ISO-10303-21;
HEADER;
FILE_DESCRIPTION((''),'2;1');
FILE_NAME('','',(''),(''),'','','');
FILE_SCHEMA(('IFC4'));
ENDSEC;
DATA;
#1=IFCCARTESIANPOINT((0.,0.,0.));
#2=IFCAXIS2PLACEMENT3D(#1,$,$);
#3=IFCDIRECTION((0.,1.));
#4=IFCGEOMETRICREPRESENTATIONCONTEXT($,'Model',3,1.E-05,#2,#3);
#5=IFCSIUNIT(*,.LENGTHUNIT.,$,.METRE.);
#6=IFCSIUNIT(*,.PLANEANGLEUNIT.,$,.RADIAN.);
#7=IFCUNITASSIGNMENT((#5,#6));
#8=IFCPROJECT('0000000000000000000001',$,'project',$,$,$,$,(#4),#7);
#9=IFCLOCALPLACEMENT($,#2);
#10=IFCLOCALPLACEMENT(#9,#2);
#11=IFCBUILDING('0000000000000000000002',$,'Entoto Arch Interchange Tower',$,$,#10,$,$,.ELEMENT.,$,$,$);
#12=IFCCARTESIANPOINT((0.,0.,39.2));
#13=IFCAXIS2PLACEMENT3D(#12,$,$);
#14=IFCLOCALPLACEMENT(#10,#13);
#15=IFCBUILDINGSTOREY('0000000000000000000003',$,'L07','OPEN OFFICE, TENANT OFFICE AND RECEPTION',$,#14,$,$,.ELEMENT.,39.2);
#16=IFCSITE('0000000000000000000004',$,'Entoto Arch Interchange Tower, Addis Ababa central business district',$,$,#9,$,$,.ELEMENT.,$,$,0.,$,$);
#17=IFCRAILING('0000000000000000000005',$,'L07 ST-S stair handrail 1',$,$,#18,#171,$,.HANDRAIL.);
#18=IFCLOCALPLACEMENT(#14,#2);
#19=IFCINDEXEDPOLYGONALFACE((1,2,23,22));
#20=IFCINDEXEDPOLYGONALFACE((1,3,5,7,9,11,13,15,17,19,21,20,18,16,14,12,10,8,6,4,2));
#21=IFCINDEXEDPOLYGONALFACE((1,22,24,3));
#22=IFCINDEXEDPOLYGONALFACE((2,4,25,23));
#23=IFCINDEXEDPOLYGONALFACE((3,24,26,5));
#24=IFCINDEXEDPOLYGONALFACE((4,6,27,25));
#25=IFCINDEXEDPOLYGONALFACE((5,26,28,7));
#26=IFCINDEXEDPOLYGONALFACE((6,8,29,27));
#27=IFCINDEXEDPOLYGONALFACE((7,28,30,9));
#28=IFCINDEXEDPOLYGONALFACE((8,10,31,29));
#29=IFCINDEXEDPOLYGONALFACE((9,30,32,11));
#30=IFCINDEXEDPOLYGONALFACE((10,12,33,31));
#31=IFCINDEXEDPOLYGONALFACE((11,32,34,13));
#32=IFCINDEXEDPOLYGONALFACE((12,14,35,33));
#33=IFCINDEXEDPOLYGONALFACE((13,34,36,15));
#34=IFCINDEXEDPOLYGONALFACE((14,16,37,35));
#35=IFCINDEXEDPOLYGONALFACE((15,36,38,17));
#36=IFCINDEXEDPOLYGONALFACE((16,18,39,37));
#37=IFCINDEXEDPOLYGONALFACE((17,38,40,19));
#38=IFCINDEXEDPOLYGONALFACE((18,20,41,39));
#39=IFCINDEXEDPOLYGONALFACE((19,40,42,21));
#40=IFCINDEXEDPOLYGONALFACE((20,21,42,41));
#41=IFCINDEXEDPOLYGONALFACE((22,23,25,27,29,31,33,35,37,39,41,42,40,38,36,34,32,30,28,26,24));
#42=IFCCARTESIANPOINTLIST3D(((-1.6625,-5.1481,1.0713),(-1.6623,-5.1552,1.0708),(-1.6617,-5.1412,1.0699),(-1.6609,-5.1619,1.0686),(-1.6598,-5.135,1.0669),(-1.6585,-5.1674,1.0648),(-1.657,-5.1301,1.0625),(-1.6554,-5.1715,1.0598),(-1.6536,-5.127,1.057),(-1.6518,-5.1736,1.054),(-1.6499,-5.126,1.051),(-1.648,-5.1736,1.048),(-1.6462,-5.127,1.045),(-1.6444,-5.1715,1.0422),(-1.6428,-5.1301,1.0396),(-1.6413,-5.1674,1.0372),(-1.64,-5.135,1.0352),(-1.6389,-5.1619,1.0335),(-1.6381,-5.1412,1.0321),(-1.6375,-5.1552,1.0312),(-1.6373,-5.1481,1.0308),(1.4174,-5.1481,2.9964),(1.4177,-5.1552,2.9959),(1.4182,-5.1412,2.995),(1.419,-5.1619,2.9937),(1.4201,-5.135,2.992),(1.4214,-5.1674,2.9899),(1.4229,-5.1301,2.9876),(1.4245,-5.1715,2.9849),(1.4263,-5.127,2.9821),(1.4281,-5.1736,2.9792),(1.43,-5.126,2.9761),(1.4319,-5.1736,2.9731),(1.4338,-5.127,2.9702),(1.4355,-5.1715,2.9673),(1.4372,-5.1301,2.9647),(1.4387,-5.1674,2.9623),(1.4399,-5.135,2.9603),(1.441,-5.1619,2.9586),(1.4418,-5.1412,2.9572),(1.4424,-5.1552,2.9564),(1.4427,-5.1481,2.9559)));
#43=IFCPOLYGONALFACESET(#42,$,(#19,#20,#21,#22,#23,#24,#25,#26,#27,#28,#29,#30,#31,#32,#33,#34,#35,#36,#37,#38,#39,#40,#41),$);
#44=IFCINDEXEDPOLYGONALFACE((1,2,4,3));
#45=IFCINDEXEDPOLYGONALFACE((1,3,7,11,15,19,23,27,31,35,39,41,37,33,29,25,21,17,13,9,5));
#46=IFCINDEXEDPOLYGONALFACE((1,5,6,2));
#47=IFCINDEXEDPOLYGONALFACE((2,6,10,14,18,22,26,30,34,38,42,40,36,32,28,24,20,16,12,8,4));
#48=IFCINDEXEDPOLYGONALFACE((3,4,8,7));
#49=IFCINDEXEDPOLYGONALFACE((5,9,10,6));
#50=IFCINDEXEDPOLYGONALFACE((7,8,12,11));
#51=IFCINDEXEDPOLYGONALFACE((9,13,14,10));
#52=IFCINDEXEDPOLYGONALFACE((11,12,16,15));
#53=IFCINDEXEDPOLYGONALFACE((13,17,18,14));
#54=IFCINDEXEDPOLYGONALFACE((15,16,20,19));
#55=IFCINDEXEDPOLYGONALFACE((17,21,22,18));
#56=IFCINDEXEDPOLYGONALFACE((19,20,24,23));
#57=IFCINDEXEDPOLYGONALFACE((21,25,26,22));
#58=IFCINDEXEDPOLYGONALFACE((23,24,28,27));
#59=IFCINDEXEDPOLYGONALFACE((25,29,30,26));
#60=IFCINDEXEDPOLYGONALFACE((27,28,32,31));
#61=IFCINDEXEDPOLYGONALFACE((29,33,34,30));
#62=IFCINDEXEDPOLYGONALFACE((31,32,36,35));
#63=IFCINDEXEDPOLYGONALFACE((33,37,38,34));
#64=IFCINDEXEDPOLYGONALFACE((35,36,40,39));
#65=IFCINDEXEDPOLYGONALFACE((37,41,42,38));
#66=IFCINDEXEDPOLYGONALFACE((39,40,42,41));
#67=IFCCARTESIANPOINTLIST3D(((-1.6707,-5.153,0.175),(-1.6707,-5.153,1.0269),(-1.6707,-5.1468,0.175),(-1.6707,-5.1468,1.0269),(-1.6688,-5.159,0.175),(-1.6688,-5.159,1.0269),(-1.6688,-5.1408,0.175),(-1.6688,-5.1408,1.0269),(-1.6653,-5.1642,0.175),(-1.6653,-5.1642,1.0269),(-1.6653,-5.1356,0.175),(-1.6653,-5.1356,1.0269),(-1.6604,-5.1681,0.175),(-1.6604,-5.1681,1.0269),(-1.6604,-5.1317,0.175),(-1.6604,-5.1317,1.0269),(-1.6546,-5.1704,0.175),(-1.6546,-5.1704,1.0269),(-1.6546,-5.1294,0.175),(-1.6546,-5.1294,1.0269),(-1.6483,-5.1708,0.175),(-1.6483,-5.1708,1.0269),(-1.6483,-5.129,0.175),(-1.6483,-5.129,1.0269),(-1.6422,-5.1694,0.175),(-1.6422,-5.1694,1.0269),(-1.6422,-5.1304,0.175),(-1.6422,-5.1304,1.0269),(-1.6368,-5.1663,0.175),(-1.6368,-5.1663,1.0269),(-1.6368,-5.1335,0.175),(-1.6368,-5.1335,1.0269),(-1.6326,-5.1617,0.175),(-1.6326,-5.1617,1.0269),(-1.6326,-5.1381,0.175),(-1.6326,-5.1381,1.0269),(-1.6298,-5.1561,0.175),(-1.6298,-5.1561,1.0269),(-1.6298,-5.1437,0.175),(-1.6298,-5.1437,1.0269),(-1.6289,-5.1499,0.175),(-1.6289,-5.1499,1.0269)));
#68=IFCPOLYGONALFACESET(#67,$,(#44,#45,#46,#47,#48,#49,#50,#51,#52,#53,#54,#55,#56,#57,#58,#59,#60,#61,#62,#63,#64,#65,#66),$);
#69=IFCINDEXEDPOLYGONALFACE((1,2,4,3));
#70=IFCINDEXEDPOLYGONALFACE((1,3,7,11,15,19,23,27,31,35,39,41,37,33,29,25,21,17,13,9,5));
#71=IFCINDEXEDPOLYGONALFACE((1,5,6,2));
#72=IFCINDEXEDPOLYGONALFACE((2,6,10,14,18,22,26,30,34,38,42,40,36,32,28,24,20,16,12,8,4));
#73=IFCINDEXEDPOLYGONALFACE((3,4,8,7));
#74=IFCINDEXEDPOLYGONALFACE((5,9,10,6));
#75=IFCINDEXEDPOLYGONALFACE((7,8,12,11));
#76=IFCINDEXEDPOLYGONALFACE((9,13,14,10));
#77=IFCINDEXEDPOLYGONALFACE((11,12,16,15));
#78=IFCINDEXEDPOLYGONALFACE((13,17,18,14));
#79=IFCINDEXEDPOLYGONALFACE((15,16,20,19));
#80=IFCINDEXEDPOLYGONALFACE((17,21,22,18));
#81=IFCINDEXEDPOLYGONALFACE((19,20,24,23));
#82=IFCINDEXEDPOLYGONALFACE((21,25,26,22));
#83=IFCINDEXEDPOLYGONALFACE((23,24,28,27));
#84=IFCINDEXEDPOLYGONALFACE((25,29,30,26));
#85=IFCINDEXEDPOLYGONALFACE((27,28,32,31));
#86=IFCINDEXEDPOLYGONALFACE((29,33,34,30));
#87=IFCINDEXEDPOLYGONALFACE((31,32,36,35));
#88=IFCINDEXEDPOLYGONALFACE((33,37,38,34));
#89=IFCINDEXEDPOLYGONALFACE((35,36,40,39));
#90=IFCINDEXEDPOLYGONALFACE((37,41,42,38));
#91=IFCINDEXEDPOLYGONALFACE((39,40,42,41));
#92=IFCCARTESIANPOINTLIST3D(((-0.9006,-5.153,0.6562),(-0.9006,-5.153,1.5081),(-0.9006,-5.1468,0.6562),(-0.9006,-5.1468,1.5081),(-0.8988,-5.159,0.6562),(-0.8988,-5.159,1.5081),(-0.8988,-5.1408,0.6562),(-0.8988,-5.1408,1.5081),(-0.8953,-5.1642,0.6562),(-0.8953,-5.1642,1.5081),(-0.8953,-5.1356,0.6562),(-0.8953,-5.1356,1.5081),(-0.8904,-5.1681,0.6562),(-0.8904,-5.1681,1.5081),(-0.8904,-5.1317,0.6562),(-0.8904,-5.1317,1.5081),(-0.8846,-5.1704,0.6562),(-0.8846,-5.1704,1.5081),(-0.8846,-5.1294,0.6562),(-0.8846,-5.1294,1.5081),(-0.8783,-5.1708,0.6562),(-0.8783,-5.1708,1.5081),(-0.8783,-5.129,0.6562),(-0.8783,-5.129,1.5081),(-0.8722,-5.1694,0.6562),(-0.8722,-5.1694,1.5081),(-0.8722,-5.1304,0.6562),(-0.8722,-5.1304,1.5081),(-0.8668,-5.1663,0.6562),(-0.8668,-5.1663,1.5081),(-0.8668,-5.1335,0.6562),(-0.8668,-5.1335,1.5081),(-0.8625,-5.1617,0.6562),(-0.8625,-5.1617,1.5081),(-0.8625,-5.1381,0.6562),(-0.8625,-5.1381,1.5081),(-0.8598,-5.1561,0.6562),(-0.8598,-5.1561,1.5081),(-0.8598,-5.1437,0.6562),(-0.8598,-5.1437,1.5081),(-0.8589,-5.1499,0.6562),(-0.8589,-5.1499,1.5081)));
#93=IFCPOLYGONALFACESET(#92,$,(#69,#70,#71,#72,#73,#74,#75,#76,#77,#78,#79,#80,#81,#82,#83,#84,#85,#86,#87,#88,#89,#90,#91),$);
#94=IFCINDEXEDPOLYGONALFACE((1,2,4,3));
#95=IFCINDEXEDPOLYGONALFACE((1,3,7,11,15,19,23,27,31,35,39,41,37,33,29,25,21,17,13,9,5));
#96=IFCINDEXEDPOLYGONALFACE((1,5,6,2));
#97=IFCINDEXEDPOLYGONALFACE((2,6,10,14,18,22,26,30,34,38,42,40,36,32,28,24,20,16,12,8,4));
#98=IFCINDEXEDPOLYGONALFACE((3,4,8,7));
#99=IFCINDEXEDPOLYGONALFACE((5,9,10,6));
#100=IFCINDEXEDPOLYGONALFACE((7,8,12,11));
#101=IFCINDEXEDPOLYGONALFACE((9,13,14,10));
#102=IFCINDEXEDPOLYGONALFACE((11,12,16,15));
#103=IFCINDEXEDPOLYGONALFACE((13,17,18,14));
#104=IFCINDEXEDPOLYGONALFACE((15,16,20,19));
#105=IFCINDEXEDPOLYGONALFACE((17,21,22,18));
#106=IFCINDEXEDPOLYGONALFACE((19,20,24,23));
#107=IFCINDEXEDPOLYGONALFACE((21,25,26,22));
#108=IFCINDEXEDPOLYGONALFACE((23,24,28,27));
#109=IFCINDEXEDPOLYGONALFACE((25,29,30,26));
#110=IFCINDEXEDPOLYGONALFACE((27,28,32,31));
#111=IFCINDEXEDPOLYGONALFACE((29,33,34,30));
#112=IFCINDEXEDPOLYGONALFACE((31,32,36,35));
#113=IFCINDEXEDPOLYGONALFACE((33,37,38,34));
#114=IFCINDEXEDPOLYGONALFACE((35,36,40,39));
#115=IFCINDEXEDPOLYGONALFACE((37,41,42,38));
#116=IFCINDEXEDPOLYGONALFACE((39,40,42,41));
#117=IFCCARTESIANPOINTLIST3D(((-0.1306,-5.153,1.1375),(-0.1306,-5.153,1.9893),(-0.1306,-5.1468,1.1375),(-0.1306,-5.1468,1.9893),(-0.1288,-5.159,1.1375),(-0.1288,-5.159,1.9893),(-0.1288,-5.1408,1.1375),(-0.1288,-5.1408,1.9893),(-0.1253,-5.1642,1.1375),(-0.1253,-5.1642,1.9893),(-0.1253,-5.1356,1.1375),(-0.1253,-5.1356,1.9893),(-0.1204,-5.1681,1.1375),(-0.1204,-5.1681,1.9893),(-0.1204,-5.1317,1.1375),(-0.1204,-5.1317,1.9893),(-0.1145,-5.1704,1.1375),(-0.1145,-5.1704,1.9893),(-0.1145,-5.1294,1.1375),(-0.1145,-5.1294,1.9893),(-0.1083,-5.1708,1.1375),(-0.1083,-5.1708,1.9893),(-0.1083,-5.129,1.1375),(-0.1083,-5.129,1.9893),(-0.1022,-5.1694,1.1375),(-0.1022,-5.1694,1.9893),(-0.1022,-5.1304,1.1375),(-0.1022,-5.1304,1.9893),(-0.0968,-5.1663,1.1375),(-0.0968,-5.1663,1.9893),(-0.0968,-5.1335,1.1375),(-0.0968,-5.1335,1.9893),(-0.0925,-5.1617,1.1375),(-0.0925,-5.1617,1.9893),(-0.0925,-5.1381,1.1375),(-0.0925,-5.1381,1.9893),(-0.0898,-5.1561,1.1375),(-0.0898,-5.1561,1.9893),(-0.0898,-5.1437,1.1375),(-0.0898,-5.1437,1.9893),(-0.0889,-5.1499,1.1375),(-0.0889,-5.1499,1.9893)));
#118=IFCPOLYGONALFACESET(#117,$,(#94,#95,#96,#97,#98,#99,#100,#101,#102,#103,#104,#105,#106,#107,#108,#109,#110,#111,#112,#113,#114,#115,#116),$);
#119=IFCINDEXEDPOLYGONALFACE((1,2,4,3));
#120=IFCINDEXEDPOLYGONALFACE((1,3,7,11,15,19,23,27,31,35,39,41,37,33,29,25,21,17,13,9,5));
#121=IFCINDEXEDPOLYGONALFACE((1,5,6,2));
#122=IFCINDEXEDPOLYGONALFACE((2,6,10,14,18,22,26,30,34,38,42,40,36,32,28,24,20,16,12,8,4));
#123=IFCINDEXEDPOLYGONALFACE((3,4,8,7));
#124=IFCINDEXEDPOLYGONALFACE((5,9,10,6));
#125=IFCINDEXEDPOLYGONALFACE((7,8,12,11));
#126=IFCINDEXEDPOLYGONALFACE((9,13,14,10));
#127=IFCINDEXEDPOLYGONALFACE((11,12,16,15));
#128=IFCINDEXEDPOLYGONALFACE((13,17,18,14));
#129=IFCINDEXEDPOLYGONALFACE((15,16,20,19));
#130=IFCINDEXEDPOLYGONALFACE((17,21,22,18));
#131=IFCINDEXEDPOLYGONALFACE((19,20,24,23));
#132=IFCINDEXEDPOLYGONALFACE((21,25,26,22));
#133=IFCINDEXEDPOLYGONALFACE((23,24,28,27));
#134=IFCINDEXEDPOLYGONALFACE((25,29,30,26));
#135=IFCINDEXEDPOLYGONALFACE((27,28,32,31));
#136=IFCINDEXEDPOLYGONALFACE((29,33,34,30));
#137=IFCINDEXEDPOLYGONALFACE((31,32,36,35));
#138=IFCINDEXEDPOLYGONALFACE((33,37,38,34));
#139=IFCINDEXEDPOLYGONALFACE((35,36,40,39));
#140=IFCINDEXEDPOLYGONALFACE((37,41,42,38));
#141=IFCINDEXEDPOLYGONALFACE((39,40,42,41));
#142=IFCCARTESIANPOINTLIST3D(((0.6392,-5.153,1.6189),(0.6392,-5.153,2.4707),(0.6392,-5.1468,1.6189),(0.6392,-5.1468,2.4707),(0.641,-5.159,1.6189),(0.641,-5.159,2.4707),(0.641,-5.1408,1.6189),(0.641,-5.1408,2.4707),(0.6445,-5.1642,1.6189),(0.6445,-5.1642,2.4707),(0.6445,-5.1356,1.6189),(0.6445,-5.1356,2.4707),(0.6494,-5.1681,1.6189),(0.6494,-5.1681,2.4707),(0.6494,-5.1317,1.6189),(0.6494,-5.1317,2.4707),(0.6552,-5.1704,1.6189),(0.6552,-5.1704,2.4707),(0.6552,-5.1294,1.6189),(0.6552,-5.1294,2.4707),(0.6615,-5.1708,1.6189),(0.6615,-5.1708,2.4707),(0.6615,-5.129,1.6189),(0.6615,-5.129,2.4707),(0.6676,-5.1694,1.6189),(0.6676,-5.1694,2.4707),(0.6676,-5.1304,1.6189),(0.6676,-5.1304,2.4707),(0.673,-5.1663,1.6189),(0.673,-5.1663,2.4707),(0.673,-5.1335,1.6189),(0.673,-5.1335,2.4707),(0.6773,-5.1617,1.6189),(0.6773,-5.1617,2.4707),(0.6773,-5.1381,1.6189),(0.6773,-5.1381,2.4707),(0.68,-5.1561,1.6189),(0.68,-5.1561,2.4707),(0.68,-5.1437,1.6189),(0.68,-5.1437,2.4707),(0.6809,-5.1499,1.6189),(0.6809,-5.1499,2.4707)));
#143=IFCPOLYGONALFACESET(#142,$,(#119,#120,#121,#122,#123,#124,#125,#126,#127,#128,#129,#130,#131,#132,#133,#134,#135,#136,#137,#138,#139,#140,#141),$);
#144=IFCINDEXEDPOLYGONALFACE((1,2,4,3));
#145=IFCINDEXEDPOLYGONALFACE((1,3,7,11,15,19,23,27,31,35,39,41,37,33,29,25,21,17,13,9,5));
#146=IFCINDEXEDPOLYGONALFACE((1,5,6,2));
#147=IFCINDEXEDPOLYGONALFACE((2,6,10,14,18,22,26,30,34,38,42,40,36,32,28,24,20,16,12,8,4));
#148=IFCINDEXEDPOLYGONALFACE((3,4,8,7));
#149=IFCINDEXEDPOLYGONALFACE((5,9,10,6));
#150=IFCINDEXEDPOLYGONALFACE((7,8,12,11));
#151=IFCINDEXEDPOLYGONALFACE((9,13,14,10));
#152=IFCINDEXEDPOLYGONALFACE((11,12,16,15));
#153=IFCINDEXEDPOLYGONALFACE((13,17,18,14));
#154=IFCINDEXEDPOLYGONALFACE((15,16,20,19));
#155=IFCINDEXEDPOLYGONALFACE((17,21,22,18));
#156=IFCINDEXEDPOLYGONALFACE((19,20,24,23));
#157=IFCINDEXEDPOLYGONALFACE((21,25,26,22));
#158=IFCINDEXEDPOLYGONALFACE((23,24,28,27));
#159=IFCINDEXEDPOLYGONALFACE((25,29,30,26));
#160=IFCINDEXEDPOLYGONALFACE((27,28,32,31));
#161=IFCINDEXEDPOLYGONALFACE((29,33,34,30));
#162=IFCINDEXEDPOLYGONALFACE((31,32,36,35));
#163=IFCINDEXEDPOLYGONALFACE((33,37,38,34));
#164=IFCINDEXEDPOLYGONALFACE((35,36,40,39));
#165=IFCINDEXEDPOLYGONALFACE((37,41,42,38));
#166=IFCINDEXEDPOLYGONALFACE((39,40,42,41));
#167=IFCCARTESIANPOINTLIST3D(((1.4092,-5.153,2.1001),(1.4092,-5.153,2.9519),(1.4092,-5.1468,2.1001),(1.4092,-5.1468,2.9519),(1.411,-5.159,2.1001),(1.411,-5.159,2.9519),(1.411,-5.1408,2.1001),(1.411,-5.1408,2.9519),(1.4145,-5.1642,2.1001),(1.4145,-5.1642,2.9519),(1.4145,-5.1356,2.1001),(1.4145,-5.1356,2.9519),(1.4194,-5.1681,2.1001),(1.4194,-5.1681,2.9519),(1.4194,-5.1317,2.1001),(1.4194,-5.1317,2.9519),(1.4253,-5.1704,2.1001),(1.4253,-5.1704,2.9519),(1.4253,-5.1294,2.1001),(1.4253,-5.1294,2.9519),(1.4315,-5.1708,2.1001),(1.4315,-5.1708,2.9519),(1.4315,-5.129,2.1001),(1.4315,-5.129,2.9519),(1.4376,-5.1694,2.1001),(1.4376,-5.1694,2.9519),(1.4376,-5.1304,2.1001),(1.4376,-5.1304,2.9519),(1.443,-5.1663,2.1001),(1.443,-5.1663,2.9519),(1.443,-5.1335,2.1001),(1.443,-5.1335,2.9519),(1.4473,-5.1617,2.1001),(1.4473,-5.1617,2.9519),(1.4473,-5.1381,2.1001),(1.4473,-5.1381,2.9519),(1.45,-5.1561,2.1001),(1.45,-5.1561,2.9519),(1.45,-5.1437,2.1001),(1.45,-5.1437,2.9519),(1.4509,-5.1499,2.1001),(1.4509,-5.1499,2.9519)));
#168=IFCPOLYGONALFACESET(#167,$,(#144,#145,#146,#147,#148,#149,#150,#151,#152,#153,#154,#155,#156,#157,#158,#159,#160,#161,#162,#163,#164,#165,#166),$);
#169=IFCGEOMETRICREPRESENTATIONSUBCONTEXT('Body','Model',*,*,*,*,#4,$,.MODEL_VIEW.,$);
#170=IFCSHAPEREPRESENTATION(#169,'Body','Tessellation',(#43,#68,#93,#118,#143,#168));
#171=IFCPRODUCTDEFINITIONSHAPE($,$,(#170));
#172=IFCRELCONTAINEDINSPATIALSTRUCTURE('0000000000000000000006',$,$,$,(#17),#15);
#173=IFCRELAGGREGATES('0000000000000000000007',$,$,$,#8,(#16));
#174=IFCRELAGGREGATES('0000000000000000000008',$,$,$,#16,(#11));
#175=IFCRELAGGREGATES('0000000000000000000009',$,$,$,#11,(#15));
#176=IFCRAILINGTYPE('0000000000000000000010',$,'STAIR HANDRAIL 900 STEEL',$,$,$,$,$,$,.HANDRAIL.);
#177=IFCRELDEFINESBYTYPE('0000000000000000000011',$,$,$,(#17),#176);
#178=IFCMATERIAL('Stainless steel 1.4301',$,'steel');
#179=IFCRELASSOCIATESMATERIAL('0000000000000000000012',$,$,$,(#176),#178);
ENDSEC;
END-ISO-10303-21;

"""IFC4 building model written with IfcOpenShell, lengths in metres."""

from ifc_helpers import new_model, si_unit, direction, frame, origin, origin_2d, place, context, subcontext, project, spatial, circle, extrude, material, type_object, element, save


model = new_model("IFC4")

# Units and contexts
model_context = context("Model", 3, precision=1e-05, world=origin(), true_north=direction((0.0, 1.0)))
body_context = subcontext(model_context, "Body", "Model", "MODEL_VIEW")
ifc_project = project(units=[si_unit("LENGTHUNIT", "METRE"), si_unit("PLANEANGLEUNIT", "RADIAN")], contexts=[model_context])

# Site, building, storey
site_placement = place(None, origin())
site = spatial("IfcSite", under=ifc_project, at=site_placement, Name="Entoto Arch Interchange Tower, Addis Ababa central business district", CompositionType="ELEMENT", RefElevation=0.0)
building_placement = place(site_placement, origin())
building = spatial("IfcBuilding", under=site, at=building_placement, Name="Entoto Arch Interchange Tower", CompositionType="ELEMENT")
storey_placement = place(building_placement, frame((0.0, 0.0, 39.2)))
storey = spatial("IfcBuildingStorey", under=building, at=storey_placement, Name="L07", Description="OPEN OFFICE, TENANT OFFICE AND RECEPTION", CompositionType="ELEMENT", Elevation=39.2)

# Railing
ifc_material_1 = material(Name="Stainless steel 1.4301", Category="steel")
railing_type_1 = type_object("IfcRailingType", Name="STAIR HANDRAIL 900 STEEL", PredefinedType="HANDRAIL", material=ifc_material_1)
railing_1_placement = place(storey_placement, frame((-1.6499, -5.1499, 0.175)))
element("IfcRailing", 1, at=railing_1_placement, inside=storey, type_object=railing_type_1, Name="L07 ST-S stair handrail 1", PredefinedType="HANDRAIL", context=body_context, shape_type="SweptSolid", body=[
    extrude(circle(Radius=0.0239, at=origin_2d()), frame((0.0, 0.0, 0.876), z_axis=(0.847979, 0.0, 0.530029), x_axis=(0.0, 1.0, 0.0)), (0.0, 0.0, 1.0), 3.6321),
    extrude(circle(Radius=0.021, at=origin_2d()), origin(), (0.0, 0.0, 1.0), 0.8518),
    extrude(circle(Radius=0.021, at=origin_2d()), frame((0.77, 0.0, 0.4812)), (0.0, 0.0, 1.0), 0.8518),
    extrude(circle(Radius=0.021, at=origin_2d()), frame((1.54, 0.0, 0.9624)), (0.0, 0.0, 1.0), 0.8518),
    extrude(circle(Radius=0.021, at=origin_2d()), frame((2.3098, 0.0, 1.4438)), (0.0, 0.0, 1.0), 0.8518),
    extrude(circle(Radius=0.021, at=origin_2d()), frame((3.0798, 0.0, 1.925)), (0.0, 0.0, 1.0), 0.8518),
])

save(model, "model.ifc")
